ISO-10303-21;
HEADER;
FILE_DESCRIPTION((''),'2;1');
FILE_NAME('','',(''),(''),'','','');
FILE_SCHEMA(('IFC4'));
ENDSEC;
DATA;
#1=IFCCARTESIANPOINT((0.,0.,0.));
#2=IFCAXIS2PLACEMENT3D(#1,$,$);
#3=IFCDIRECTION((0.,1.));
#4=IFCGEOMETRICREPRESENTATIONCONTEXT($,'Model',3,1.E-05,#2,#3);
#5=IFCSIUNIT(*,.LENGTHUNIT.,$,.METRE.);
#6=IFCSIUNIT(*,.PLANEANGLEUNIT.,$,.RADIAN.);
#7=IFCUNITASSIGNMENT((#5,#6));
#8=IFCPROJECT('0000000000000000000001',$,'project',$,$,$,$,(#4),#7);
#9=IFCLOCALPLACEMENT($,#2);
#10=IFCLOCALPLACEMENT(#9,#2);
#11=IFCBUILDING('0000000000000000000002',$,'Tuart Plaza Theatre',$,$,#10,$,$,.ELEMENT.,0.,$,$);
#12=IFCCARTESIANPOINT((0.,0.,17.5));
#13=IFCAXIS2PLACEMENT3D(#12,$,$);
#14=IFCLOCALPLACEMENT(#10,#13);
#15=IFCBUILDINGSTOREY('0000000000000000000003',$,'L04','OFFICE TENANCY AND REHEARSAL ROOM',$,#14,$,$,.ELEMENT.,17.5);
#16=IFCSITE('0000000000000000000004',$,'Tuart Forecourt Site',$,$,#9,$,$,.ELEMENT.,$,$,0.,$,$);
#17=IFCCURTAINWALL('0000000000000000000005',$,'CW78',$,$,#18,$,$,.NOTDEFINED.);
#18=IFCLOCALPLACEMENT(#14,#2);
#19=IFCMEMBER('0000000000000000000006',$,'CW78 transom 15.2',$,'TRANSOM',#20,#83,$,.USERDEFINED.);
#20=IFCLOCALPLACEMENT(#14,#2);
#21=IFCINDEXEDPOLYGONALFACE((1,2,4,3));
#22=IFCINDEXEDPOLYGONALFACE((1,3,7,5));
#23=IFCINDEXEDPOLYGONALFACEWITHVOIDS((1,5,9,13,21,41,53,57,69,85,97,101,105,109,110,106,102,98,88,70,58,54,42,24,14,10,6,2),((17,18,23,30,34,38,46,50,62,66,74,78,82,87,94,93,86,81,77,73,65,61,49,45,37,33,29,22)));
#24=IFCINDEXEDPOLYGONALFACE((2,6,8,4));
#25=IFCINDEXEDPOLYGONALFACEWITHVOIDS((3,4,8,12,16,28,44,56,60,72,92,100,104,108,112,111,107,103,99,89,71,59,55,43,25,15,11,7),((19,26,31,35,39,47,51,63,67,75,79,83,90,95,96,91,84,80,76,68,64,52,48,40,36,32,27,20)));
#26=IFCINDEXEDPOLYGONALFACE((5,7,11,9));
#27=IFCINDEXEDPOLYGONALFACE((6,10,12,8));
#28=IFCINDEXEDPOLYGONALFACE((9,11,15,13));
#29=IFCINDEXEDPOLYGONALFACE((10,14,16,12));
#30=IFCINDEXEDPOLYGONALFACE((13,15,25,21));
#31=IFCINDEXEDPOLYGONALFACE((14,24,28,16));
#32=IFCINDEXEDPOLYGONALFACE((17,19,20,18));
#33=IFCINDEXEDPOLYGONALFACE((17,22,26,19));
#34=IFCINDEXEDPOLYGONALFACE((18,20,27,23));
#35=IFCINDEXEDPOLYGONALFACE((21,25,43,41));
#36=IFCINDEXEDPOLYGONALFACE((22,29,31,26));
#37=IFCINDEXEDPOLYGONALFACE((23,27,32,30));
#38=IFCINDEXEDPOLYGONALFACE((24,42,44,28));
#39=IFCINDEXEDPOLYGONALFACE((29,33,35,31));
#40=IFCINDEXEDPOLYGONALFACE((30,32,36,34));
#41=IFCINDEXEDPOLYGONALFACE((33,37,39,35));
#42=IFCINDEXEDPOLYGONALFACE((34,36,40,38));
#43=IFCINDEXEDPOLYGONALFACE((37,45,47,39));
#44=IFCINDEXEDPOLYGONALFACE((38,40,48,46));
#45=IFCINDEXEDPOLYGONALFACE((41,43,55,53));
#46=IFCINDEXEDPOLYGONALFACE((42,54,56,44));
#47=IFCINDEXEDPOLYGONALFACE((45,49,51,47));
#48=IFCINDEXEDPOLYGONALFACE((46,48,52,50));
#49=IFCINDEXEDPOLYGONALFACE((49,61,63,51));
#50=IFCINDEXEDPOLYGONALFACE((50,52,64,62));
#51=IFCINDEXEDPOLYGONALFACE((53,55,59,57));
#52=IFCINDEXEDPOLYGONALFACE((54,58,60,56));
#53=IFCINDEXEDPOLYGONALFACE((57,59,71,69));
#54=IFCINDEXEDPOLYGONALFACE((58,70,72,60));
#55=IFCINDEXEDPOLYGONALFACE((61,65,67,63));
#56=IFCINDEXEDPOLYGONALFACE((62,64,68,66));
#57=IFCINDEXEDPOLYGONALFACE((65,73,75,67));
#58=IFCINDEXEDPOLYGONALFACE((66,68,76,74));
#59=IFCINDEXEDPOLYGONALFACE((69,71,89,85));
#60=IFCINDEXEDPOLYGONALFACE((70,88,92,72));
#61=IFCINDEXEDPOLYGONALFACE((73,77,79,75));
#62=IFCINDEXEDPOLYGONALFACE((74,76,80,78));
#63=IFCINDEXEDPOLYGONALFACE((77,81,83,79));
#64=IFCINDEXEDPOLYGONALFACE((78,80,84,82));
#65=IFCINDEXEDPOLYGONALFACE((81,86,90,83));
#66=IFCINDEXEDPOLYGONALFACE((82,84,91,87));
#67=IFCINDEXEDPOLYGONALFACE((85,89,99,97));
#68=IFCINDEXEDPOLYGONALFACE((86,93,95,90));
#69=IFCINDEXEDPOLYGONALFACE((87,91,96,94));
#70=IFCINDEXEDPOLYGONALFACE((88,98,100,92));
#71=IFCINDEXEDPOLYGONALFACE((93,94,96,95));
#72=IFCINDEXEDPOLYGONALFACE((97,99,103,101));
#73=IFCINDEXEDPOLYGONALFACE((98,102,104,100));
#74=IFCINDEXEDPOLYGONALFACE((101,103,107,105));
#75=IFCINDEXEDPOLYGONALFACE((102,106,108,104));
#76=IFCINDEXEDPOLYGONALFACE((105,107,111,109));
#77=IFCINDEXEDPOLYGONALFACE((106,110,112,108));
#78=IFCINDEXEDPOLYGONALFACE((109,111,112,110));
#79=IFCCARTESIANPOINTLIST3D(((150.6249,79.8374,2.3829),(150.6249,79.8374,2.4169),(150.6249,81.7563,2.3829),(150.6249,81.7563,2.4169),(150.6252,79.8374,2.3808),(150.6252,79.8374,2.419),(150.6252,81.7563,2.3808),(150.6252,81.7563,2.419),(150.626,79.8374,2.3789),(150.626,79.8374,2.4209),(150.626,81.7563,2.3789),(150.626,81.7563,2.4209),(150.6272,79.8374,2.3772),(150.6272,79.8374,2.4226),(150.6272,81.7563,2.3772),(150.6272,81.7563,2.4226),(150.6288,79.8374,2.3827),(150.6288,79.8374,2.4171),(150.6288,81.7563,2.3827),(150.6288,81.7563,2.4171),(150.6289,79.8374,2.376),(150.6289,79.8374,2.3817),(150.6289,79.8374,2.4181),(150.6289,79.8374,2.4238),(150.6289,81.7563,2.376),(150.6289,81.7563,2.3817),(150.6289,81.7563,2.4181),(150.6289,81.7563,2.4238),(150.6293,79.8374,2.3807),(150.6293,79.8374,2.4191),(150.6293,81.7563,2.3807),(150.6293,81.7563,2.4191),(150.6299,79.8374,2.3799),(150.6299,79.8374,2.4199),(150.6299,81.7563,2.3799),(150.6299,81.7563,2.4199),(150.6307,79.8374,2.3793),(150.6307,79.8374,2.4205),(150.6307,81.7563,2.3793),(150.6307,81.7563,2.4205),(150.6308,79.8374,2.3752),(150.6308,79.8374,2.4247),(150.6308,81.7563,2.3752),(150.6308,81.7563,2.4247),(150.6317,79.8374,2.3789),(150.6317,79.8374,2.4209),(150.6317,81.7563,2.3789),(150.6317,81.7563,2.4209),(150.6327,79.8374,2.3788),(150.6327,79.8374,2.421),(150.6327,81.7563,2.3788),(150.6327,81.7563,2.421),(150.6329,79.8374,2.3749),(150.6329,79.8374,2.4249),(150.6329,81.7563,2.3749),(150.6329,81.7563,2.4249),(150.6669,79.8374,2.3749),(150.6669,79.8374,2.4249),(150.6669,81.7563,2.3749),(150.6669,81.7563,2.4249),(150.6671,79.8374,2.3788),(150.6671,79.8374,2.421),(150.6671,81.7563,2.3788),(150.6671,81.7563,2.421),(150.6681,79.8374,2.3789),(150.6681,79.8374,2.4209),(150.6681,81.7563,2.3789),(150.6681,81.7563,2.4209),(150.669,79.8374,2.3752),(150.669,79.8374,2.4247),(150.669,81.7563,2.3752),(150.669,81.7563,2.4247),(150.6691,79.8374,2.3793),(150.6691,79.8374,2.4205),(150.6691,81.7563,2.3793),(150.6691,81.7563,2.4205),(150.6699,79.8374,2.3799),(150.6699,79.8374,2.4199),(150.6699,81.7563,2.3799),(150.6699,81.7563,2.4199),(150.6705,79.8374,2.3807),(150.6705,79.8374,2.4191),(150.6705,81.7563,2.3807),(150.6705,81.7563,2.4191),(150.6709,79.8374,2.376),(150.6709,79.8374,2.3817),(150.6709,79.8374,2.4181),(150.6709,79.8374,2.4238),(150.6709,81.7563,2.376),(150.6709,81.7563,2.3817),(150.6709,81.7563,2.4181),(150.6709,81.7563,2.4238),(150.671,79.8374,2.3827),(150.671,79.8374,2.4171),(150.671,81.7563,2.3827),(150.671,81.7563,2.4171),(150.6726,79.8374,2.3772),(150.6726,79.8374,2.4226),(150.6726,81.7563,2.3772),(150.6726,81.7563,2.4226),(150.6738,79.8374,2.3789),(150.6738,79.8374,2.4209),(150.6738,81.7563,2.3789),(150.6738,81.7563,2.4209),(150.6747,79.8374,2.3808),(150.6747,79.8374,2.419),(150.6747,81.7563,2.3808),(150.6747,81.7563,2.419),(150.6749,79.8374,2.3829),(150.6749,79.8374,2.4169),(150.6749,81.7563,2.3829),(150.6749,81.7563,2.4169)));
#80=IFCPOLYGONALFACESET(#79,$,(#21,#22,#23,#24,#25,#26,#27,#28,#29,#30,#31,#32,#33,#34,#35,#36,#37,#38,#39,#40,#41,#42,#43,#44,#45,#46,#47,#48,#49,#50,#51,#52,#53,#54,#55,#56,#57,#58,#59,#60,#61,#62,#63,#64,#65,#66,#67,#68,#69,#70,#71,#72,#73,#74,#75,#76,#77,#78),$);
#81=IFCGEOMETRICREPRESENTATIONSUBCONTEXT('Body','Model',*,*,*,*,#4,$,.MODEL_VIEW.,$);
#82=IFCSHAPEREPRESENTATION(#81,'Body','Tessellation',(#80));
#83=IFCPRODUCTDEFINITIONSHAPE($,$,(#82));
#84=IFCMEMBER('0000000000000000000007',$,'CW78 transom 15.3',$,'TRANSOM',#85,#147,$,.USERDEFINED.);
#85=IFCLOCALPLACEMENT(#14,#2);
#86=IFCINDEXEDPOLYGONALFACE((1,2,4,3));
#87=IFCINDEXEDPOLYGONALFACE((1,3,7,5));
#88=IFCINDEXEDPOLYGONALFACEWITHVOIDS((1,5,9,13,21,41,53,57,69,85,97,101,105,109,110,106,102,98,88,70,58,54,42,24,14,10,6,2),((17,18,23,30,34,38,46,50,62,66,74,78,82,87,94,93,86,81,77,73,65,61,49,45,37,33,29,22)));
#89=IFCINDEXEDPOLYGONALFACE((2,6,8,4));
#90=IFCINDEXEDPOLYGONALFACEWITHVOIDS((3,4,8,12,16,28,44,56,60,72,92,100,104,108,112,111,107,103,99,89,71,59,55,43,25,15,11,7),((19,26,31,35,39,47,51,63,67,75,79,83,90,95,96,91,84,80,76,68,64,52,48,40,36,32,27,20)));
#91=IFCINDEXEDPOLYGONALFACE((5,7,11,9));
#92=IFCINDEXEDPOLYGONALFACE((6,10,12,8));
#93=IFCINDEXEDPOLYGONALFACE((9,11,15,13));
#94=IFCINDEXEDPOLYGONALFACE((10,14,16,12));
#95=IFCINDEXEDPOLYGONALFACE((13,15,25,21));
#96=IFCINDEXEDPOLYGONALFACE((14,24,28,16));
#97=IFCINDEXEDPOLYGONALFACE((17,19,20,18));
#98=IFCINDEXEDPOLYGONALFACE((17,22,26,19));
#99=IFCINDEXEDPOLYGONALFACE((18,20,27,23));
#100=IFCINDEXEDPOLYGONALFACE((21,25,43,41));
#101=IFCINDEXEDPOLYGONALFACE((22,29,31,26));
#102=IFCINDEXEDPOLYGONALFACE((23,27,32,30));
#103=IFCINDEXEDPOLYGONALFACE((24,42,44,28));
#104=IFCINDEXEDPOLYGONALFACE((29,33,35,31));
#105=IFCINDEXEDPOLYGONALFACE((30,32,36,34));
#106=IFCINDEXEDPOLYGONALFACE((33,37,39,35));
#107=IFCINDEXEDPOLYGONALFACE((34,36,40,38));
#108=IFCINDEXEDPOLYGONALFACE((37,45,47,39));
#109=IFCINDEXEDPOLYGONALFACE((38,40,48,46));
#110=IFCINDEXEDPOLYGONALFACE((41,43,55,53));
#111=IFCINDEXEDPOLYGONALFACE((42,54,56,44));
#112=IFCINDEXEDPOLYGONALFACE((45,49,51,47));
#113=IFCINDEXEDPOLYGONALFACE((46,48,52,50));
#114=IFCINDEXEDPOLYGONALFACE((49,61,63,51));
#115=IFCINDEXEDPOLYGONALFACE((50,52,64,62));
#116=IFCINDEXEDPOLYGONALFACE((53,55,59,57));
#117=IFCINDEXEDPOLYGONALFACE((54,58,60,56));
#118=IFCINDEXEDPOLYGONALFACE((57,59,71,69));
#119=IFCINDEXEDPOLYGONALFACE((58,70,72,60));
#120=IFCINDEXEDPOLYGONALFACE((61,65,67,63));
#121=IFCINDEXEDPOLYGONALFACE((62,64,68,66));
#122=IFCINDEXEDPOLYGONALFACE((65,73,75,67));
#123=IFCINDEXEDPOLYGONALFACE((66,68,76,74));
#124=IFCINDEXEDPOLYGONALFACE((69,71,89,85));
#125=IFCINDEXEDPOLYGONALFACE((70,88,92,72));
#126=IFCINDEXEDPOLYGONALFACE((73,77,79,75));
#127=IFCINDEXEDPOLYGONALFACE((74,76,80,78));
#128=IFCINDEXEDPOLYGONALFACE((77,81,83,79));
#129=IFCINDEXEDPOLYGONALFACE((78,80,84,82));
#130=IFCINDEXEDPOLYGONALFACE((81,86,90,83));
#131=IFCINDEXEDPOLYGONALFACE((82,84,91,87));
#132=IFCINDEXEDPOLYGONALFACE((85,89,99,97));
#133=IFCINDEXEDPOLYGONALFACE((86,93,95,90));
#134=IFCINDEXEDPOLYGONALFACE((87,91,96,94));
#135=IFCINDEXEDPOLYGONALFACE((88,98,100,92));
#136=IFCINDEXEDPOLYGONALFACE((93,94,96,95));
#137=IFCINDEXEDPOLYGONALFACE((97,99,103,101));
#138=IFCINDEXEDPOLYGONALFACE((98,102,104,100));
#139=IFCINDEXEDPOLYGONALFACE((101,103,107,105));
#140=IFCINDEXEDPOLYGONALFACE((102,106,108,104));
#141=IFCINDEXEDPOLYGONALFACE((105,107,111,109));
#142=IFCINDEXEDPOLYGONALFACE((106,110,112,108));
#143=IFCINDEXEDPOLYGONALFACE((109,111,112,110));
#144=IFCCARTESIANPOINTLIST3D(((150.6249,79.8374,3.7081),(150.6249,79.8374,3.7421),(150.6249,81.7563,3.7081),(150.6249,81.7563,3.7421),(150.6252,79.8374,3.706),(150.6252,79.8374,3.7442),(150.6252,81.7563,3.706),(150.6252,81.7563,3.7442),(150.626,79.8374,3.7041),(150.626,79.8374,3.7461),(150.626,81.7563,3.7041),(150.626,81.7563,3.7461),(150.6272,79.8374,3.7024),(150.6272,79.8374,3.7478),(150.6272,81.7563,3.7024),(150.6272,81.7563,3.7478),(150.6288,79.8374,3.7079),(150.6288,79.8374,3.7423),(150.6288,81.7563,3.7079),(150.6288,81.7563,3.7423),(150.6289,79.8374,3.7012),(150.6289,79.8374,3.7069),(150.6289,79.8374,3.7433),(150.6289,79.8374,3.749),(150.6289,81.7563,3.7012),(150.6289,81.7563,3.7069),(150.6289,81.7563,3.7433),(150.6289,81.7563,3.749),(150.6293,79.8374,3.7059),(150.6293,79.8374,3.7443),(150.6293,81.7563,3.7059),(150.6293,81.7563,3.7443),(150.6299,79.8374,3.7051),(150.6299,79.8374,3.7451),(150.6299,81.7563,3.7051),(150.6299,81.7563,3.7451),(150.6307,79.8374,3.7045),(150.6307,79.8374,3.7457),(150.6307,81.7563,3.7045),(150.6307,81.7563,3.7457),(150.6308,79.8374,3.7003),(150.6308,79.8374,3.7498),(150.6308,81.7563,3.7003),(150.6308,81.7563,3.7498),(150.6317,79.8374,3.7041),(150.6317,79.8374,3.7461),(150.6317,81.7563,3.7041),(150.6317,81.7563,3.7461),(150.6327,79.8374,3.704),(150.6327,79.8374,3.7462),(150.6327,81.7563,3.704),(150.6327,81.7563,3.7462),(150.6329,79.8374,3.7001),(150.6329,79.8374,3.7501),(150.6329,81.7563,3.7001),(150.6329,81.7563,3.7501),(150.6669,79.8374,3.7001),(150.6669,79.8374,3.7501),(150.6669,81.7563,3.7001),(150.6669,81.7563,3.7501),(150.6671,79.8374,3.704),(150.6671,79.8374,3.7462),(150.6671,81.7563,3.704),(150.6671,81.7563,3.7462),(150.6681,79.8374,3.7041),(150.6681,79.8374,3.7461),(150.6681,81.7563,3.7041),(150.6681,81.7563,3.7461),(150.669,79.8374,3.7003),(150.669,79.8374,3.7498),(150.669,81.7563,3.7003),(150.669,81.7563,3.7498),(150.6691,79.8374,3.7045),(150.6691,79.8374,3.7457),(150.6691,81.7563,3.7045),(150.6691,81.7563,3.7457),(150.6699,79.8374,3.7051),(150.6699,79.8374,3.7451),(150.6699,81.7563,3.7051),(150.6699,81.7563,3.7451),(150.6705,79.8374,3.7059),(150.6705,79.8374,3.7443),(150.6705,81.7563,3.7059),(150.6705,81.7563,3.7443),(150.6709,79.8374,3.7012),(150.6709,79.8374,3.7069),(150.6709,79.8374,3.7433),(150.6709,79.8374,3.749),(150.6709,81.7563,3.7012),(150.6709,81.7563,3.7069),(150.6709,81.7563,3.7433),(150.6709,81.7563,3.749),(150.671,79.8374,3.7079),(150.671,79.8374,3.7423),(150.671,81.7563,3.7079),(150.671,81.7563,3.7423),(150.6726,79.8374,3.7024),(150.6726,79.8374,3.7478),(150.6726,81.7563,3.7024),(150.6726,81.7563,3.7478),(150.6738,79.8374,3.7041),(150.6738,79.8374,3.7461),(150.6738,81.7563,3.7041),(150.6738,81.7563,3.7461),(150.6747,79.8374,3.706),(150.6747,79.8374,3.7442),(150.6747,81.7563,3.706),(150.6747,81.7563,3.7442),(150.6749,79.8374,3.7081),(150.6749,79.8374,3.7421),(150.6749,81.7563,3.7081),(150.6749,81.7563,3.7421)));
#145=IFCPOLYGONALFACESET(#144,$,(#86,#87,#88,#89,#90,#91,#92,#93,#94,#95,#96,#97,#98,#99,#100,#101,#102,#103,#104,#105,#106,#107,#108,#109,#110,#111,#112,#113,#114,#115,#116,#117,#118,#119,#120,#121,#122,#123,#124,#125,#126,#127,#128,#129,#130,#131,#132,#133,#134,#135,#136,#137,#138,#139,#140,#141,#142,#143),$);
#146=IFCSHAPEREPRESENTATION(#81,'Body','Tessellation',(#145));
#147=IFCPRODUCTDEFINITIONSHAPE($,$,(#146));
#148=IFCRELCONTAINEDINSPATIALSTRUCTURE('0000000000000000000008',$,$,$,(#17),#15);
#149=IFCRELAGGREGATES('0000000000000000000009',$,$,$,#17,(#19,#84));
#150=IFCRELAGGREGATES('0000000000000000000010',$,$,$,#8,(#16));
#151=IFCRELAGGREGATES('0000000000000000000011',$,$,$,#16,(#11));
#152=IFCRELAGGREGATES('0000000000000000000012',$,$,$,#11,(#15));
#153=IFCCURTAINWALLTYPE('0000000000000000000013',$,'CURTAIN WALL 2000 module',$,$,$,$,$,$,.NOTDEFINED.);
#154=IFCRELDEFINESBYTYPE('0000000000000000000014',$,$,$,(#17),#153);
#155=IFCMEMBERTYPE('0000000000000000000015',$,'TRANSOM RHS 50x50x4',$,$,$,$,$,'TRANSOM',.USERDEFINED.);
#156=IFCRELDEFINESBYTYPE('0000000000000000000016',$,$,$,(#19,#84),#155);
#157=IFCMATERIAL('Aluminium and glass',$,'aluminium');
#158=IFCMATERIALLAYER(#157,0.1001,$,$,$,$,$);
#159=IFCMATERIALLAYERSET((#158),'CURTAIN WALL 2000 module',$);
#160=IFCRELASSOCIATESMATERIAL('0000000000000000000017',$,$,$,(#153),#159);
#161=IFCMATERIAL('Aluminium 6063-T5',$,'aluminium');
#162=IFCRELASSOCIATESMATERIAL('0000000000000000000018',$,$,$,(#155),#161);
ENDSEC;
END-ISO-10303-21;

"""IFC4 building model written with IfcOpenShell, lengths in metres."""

from ifc_helpers import new_model, si_unit, direction, frame, origin, origin_2d, place, context, subcontext, project, spatial, hollow_rectangle, extrude, material, layer, layer_set, material_profile, profile_set, type_object, element, aggregate, save


model = new_model("IFC4")

# Units and contexts
model_context = context("Model", 3, precision=1e-05, world=origin(), true_north=direction((0.0, 1.0)))
body_context = subcontext(model_context, "Body", "Model", "MODEL_VIEW")
ifc_project = project(units=[si_unit("LENGTHUNIT", "METRE"), si_unit("PLANEANGLEUNIT", "RADIAN")], contexts=[model_context])

# Site, building, storey
site_placement = place(None, origin())
site = spatial("IfcSite", under=ifc_project, at=site_placement, Name="Tuart Forecourt Site", CompositionType="ELEMENT", RefElevation=0.0)
building_placement = place(site_placement, origin())
building = spatial("IfcBuilding", under=site, at=building_placement, Name="Tuart Plaza Theatre", CompositionType="ELEMENT", ElevationOfRefHeight=0.0)
storey_placement = place(building_placement, frame((0.0, 0.0, 17.5)))
storey = spatial("IfcBuildingStorey", under=building, at=storey_placement, Name="L04", Description="OFFICE TENANCY AND REHEARSAL ROOM", CompositionType="ELEMENT", Elevation=17.5)

# Curtain wall
ifc_material_1 = material(Name="Aluminium and glass", Category="aluminium")
ifc_layer_1 = layer(ifc_material_1, 0.1001)
ifc_layer_set_1 = layer_set([ifc_layer_1], Name="CURTAIN WALL 2000 module")
curtain_wall_type = type_object("IfcCurtainWallType", Name="CURTAIN WALL 2000 module", PredefinedType="NOTDEFINED", material=ifc_layer_set_1)
curtain_wall_1_placement = place(storey_placement, origin())
curtain_wall_1 = element("IfcCurtainWall", 1, at=curtain_wall_1_placement, inside=storey, type_object=curtain_wall_type, Name="CW78", PredefinedType="NOTDEFINED")

# Members
ifc_material_2 = material(Name="Aluminium 6063-T5", Category="aluminium")
ifc_material_profile_1 = material_profile(ifc_material_2, hollow_rectangle(XDim=0.05, YDim=0.05, WallThickness=0.0039, InnerFilletRadius=0.0039, OuterFilletRadius=0.0081, at=origin_2d()), Name="RHS 50x50x4")
ifc_profile_set_1 = profile_set([ifc_material_profile_1], Name="Aluminium 6063-T5")
member_type_1 = type_object("IfcMemberType", Name="TRANSOM RHS 50x50x4", ElementType="TRANSOM", PredefinedType="USERDEFINED", material=ifc_profile_set_1)
member_1_placement = place(storey_placement, frame((150.6499, 79.8374, 2.3999), z_axis=(0.0, 1.0, 0.0), x_axis=(-1.0, 0.0, 0.0)))
member_1 = element("IfcMember", 2, at=member_1_placement, type_object=member_type_1, Name="CW78 transom 15.2", ObjectType="TRANSOM", PredefinedType="USERDEFINED", context=body_context, shape_type="SweptSolid", body=[
    extrude(hollow_rectangle(XDim=0.05, YDim=0.05, WallThickness=0.0039, InnerFilletRadius=0.0039, OuterFilletRadius=0.0081, at=origin_2d()), origin(), (0.0, 0.0, 1.0), 1.9189),
])
member_2_placement = place(storey_placement, frame((150.6499, 79.8374, 3.7251), z_axis=(0.0, 1.0, 0.0), x_axis=(-1.0, 0.0, 0.0)))
member_2 = element("IfcMember", 3, at=member_2_placement, type_object=member_type_1, Name="CW78 transom 15.3", ObjectType="TRANSOM", PredefinedType="USERDEFINED", context=body_context, shape_type="SweptSolid", body=[
    extrude(hollow_rectangle(XDim=0.05, YDim=0.05, WallThickness=0.0039, InnerFilletRadius=0.0039, OuterFilletRadius=0.0081, at=origin_2d()), origin(), (0.0, 0.0, 1.0), 1.9189),
])

aggregate(curtain_wall_1, [member_1, member_2])

save(model, "model.ifc")
